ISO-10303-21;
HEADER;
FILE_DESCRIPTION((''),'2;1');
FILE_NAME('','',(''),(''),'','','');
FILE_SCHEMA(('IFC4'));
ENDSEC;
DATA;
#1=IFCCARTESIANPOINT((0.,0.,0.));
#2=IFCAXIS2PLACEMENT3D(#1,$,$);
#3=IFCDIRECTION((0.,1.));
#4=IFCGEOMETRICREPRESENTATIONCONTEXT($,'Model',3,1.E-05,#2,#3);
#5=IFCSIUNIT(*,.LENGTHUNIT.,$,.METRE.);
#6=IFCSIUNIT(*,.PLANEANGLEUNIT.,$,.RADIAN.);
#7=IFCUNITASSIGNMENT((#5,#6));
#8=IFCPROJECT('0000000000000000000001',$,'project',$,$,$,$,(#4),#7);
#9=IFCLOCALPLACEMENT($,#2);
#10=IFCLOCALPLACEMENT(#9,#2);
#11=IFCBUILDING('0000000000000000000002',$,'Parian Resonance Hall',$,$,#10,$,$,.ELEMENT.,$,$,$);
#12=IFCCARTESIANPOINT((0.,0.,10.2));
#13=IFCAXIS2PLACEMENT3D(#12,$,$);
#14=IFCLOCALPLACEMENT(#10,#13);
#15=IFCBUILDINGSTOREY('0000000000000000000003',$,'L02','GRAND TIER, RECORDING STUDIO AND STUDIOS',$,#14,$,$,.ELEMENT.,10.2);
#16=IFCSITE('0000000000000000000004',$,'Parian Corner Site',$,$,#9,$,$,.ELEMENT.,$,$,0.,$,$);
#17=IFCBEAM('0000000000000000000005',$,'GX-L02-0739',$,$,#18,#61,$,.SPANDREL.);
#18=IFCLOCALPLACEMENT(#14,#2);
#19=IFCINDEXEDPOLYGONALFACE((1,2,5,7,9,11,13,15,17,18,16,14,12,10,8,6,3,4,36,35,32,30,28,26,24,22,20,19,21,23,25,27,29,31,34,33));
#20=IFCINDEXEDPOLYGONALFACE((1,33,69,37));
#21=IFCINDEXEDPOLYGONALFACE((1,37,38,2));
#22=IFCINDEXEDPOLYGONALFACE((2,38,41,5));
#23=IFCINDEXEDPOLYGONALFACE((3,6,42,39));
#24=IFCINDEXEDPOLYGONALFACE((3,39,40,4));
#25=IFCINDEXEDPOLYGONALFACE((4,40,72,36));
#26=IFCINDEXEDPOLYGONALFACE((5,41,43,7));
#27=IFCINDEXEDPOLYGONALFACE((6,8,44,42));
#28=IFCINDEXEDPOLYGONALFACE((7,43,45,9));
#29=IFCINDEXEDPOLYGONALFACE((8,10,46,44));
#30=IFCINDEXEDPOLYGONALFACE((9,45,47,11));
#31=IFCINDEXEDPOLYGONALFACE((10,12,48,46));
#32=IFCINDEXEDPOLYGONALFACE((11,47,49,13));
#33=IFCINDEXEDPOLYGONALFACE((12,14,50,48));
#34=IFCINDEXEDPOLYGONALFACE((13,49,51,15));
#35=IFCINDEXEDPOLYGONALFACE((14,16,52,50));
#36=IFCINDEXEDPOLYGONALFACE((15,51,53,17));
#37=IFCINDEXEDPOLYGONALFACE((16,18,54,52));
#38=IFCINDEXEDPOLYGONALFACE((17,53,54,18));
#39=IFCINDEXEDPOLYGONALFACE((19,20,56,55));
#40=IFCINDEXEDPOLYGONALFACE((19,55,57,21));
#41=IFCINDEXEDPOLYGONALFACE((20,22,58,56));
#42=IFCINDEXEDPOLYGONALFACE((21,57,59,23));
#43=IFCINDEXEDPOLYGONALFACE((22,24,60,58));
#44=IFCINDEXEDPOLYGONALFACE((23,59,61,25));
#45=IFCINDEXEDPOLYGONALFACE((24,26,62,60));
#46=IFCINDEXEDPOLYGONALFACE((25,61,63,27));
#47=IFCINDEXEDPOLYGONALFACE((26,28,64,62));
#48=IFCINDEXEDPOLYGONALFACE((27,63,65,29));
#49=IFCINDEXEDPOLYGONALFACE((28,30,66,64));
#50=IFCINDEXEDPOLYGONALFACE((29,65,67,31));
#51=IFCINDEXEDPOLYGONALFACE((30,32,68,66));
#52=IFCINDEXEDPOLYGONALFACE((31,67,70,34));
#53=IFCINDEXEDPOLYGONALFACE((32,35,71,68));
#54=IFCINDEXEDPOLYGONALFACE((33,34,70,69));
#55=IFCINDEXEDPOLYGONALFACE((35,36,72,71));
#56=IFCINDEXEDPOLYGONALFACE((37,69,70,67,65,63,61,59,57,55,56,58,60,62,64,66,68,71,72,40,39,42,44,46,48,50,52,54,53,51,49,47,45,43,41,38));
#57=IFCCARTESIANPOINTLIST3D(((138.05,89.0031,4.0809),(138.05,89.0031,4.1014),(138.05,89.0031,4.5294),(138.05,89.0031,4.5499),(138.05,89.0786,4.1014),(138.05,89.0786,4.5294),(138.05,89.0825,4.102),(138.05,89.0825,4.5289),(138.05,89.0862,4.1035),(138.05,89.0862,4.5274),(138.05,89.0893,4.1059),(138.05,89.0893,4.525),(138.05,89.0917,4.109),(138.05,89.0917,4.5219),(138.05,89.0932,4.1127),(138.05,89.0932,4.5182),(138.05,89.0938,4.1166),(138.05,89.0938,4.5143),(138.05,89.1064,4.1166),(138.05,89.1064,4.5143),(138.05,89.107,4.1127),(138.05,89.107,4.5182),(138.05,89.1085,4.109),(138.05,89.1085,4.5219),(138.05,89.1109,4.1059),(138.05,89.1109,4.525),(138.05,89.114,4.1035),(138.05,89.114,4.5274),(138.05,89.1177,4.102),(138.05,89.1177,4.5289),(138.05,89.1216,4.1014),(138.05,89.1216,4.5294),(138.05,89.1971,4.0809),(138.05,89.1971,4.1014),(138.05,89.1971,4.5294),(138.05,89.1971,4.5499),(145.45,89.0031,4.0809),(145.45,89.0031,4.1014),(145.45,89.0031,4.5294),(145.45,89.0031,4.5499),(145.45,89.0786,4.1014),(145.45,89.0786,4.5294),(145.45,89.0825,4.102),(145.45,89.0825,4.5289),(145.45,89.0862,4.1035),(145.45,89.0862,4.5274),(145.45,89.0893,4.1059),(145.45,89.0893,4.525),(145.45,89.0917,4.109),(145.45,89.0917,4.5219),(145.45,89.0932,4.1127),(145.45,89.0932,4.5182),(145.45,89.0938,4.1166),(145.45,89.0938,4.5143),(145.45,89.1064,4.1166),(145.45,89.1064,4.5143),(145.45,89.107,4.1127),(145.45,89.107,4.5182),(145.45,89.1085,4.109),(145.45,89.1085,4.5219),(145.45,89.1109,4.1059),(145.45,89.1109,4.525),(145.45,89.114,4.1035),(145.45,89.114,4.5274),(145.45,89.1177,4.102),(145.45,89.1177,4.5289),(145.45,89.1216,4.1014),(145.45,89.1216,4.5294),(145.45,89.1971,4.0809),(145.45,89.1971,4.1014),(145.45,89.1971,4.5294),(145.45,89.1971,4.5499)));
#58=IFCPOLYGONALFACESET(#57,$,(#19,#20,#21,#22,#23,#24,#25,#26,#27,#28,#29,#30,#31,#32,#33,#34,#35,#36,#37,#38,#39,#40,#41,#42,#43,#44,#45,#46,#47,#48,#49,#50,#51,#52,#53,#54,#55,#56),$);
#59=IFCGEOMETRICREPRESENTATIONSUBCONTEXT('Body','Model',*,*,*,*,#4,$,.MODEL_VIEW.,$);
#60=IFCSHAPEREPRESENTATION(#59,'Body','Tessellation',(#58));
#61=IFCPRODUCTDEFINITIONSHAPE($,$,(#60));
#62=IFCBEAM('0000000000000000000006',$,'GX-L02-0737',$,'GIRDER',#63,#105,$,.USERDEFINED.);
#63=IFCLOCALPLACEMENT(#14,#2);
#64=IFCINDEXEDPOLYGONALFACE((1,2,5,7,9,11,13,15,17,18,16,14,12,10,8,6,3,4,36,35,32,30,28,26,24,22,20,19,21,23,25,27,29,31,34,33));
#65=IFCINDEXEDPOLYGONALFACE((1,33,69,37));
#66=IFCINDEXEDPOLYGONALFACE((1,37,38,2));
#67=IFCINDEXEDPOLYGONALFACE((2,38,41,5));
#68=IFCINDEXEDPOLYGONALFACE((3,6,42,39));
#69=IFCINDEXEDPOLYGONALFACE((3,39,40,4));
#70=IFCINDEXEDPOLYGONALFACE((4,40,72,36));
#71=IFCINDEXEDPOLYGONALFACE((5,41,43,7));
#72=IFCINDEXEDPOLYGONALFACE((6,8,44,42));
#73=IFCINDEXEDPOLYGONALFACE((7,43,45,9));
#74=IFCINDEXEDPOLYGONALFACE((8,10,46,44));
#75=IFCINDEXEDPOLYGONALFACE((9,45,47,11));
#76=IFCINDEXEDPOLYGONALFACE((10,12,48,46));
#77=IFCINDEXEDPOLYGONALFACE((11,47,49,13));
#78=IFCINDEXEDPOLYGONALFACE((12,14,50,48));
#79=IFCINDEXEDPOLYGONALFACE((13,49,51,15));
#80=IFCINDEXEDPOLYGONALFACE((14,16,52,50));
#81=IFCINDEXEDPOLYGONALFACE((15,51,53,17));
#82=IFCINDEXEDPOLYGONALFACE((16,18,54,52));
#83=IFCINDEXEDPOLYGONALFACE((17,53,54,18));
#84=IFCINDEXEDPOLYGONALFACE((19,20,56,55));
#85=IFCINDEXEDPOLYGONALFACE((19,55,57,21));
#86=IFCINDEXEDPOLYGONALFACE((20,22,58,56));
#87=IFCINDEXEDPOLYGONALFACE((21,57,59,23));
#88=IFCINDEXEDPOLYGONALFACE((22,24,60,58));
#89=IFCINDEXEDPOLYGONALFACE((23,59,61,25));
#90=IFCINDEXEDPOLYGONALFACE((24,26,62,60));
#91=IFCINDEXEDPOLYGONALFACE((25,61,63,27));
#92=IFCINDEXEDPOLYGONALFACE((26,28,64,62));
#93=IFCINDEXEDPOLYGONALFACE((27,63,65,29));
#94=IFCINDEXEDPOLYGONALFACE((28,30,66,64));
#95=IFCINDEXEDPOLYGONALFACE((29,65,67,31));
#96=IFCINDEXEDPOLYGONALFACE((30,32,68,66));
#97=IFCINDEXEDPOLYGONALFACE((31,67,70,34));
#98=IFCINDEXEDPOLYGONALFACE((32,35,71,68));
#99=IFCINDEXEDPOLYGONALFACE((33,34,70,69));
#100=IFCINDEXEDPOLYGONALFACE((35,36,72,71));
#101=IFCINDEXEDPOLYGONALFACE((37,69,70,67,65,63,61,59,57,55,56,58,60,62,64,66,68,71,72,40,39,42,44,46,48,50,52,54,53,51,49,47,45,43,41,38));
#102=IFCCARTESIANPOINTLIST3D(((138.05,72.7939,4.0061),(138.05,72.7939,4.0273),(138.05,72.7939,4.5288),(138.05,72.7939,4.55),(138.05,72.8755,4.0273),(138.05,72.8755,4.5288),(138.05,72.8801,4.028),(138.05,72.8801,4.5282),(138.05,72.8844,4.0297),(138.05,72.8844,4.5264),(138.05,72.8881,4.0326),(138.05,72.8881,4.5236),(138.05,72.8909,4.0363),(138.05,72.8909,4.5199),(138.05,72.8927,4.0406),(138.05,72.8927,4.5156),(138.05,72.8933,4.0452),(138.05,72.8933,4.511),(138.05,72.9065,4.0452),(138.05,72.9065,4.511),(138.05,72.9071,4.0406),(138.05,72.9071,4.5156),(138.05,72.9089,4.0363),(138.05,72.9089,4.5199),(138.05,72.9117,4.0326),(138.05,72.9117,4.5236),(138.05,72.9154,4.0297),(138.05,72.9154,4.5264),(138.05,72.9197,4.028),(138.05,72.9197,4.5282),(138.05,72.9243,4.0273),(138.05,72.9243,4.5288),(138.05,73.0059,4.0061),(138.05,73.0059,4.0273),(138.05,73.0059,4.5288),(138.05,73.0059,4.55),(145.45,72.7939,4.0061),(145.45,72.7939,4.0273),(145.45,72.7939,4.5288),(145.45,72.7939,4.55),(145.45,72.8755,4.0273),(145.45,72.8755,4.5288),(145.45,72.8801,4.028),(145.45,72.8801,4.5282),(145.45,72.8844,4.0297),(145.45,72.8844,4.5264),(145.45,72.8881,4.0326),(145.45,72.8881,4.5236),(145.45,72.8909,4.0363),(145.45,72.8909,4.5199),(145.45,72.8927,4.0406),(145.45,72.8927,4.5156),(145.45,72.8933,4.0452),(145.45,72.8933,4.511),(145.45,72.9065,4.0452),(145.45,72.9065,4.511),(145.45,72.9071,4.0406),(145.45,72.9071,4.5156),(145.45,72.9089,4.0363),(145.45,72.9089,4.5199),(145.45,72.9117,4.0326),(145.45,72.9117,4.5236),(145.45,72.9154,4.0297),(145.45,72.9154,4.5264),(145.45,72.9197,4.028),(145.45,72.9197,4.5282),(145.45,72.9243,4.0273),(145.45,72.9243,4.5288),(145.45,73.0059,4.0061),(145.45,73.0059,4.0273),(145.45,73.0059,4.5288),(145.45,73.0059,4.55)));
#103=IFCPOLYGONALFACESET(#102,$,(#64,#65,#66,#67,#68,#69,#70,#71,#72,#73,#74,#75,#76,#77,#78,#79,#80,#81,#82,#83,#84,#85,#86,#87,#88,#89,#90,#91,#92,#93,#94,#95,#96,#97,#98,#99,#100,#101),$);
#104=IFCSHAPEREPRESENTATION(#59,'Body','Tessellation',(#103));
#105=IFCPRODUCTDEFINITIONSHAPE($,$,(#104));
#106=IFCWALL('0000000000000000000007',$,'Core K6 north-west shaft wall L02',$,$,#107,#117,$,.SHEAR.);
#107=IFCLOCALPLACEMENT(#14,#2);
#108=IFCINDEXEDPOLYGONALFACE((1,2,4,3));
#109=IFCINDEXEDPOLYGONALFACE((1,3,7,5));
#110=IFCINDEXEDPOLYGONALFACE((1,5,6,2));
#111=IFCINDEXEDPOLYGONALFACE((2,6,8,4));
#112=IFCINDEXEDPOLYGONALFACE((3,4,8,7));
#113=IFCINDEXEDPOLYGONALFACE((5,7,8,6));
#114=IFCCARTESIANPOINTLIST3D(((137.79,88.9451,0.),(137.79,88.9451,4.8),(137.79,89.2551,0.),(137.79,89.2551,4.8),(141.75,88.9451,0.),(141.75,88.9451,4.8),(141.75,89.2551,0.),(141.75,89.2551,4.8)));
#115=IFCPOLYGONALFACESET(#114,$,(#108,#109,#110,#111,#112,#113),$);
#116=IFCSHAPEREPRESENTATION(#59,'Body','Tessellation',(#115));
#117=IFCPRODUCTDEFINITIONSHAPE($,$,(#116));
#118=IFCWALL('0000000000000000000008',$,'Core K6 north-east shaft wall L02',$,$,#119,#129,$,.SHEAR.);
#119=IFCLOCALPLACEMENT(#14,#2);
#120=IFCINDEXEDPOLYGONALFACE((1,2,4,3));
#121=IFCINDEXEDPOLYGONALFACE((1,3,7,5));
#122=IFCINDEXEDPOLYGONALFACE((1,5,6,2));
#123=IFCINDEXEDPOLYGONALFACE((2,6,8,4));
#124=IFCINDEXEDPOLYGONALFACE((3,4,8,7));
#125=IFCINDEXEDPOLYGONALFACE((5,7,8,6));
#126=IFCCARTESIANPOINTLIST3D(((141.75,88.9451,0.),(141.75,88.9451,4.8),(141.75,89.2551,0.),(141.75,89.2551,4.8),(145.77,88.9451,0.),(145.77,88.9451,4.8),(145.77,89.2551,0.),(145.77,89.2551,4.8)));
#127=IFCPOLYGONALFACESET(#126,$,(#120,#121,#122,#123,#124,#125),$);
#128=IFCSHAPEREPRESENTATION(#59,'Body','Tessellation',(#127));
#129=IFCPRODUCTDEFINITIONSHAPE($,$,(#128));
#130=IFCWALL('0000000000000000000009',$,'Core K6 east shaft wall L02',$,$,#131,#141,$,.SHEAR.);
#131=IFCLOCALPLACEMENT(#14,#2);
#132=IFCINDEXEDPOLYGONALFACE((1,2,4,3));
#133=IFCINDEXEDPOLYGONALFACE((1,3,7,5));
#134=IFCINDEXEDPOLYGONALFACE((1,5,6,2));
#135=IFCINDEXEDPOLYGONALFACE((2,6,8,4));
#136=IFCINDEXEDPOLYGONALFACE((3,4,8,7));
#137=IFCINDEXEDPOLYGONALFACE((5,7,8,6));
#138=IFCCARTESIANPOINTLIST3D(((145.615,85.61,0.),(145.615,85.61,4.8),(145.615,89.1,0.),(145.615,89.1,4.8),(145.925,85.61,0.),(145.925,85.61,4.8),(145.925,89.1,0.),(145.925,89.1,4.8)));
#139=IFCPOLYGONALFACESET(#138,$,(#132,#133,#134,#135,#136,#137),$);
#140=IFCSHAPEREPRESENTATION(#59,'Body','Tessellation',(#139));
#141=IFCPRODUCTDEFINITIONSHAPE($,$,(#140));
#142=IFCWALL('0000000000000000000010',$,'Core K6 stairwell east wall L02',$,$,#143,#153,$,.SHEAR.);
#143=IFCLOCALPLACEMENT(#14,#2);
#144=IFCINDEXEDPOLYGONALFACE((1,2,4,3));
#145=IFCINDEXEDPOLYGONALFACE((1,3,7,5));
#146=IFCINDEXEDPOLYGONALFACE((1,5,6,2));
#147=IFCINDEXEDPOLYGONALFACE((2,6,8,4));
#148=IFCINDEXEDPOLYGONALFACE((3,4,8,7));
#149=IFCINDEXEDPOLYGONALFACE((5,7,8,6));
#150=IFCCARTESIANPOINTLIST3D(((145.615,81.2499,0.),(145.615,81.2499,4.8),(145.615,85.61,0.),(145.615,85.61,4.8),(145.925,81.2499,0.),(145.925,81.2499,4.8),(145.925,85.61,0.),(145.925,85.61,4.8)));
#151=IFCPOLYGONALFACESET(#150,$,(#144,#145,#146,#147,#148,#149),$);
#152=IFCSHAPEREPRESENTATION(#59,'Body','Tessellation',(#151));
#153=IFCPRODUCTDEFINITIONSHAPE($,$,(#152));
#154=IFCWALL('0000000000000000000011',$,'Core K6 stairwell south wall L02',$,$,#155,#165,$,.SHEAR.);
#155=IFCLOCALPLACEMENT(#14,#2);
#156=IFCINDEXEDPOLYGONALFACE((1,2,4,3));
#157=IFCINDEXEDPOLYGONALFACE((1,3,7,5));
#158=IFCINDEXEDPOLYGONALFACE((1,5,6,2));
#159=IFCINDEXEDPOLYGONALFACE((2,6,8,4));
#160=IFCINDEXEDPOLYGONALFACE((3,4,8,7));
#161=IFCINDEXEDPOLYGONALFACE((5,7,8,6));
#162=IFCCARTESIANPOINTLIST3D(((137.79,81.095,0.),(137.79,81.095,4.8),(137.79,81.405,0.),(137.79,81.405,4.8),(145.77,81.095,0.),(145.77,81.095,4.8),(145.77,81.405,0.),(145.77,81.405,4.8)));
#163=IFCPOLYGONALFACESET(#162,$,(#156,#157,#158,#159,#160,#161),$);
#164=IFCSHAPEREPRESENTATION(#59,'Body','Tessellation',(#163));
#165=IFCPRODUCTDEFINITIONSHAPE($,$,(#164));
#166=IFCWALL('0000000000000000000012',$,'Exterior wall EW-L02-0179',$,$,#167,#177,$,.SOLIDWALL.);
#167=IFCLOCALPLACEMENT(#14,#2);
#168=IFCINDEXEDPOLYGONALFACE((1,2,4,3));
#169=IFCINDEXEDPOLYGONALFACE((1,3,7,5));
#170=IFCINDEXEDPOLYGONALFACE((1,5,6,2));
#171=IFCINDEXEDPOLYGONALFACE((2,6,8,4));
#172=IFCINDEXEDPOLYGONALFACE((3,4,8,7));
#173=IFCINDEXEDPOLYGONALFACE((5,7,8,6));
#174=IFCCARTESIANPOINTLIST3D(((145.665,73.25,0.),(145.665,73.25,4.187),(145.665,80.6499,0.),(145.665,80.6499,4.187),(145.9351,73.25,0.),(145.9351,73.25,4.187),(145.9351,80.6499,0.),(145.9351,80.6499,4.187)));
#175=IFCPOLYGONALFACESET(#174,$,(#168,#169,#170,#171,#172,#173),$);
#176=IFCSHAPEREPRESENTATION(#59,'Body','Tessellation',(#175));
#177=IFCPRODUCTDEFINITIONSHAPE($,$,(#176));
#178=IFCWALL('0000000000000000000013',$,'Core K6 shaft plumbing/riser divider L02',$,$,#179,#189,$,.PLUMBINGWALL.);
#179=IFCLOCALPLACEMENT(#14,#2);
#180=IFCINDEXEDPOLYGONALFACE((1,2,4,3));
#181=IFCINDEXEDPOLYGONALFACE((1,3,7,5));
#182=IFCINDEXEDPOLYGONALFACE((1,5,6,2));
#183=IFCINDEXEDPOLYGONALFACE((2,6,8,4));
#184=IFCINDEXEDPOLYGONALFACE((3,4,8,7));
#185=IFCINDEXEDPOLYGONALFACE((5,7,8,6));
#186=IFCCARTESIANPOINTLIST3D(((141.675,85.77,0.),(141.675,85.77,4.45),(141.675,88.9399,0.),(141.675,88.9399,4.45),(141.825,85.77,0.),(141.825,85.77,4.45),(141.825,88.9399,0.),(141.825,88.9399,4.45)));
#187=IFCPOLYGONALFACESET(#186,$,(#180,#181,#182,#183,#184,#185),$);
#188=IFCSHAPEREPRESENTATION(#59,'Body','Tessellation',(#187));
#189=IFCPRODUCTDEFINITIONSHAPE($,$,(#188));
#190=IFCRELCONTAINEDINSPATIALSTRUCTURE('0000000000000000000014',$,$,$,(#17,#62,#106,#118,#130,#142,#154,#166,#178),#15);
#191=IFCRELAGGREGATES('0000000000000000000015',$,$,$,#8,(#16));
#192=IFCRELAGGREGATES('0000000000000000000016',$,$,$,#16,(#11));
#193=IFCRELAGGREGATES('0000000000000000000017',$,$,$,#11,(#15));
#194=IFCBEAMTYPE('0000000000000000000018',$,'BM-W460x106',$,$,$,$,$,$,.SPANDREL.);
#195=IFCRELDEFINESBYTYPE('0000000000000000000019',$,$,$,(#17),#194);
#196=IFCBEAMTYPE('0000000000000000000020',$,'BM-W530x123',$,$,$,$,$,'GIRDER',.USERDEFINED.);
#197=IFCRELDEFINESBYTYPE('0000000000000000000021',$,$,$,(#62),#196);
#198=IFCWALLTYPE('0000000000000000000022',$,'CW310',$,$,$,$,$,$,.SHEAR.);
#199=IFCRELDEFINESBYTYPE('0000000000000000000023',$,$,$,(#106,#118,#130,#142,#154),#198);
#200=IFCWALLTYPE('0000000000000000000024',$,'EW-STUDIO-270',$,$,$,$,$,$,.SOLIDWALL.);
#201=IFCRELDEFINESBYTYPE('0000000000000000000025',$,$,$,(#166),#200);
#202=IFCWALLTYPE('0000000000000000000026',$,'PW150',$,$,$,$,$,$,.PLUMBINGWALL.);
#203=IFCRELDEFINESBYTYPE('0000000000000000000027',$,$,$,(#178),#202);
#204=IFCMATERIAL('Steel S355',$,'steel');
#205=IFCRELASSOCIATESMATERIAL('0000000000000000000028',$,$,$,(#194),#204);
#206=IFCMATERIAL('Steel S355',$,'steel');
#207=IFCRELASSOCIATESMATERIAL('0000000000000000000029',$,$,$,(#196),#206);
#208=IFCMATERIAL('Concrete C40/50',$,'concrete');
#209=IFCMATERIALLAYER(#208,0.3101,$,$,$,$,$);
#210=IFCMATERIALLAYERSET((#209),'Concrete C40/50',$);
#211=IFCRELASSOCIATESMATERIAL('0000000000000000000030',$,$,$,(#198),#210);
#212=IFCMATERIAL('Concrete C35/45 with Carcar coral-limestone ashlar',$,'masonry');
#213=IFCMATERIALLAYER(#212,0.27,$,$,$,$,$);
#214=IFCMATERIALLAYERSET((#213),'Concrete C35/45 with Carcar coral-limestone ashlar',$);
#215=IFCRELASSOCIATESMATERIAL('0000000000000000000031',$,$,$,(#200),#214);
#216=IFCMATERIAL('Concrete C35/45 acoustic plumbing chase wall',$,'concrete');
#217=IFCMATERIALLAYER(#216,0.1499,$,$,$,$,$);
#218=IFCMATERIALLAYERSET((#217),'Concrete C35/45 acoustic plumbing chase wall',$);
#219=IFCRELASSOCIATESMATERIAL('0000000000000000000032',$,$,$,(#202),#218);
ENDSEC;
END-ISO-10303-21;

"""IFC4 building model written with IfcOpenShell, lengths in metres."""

from ifc_helpers import new_model, si_unit, direction, frame, frame_2d, origin, origin_2d, place, context, subcontext, project, spatial, rectangle, i_section, extrude, material, layer, layer_set, material_profile, profile_set, type_object, element, save


model = new_model("IFC4")

# Units and contexts
model_context = context("Model", 3, precision=1e-05, world=origin(), true_north=direction((0.0, 1.0)))
body_context = subcontext(model_context, "Body", "Model", "MODEL_VIEW")
ifc_project = project(units=[si_unit("LENGTHUNIT", "METRE"), si_unit("PLANEANGLEUNIT", "RADIAN")], contexts=[model_context])

# Site, building, storey
site_placement = place(None, origin())
site = spatial("IfcSite", under=ifc_project, at=site_placement, Name="Parian Corner Site", CompositionType="ELEMENT", RefElevation=0.0)
building_placement = place(site_placement, origin())
building = spatial("IfcBuilding", under=site, at=building_placement, Name="Parian Resonance Hall", CompositionType="ELEMENT")
storey_placement = place(building_placement, frame((0.0, 0.0, 10.2)))
storey = spatial("IfcBuildingStorey", under=building, at=storey_placement, Name="L02", Description="GRAND TIER, RECORDING STUDIO AND STUDIOS", CompositionType="ELEMENT", Elevation=10.2)

# Beams
ifc_material_1 = material(Name="Steel S355", Category="steel")
ifc_material_profile_1 = material_profile(ifc_material_1, i_section(OverallWidth=0.1941, OverallDepth=0.469, WebThickness=0.0127, FlangeThickness=0.0205, FilletRadius=0.0151, at=origin_2d()), Name="W460x106")
ifc_profile_set_1 = profile_set([ifc_material_profile_1], Name="Steel S355")
beam_type_1 = type_object("IfcBeamType", Name="BM-W460x106", PredefinedType="SPANDREL", material=ifc_profile_set_1)
beam_1_placement = place(storey_placement, frame((138.05, 89.1001, 4.3154), z_axis=(1.0, 0.0, 0.0), x_axis=(0.0, 1.0, 0.0)))
element("IfcBeam", 1, at=beam_1_placement, inside=storey, type_object=beam_type_1, Name="GX-L02-0739", PredefinedType="SPANDREL", context=body_context, shape_type="SweptSolid", body=[
    extrude(i_section(OverallWidth=0.1941, OverallDepth=0.469, WebThickness=0.0127, FlangeThickness=0.0205, FilletRadius=0.0151, at=origin_2d()), origin(), (0.0, 0.0, 1.0), 7.3999),
])
ifc_material_2 = material(Name="Steel S355", Category="steel")
ifc_material_profile_2 = material_profile(ifc_material_2, i_section(OverallWidth=0.2119, OverallDepth=0.5439, WebThickness=0.0132, FlangeThickness=0.0212, FilletRadius=0.0178, at=origin_2d()), Name="W530x123")
ifc_profile_set_2 = profile_set([ifc_material_profile_2], Name="Steel S355")
beam_type_2 = type_object("IfcBeamType", Name="BM-W530x123", ElementType="GIRDER", PredefinedType="USERDEFINED", material=ifc_profile_set_2)
beam_2_placement = place(storey_placement, frame((138.05, 72.8999, 4.2781), z_axis=(1.0, 0.0, 0.0), x_axis=(0.0, 1.0, 0.0)))
element("IfcBeam", 2, at=beam_2_placement, inside=storey, type_object=beam_type_2, Name="GX-L02-0737", ObjectType="GIRDER", PredefinedType="USERDEFINED", context=body_context, shape_type="SweptSolid", body=[
    extrude(i_section(OverallWidth=0.2119, OverallDepth=0.5439, WebThickness=0.0132, FlangeThickness=0.0212, FilletRadius=0.0178, at=origin_2d()), origin(), (0.0, 0.0, 1.0), 7.3999),
])

# Walls
ifc_material_3 = material(Name="Concrete C40/50", Category="concrete")
ifc_layer_1 = layer(ifc_material_3, 0.3101)
ifc_layer_set_1 = layer_set([ifc_layer_1], Name="Concrete C40/50")
wall_type_1 = type_object("IfcWallType", Name="CW310", PredefinedType="SHEAR", material=ifc_layer_set_1)
wall_1_placement = place(storey_placement, frame((137.79, 89.1001, 0.0), z_axis=(0.0, 0.0, 1.0), x_axis=(1.0, 0.0, 0.0)))
element("IfcWall", 3, at=wall_1_placement, inside=storey, type_object=wall_type_1, Name="Core K6 north-west shaft wall L02", PredefinedType="SHEAR", context=body_context, shape_type="SweptSolid", body=[
    extrude(rectangle(XDim=3.96, YDim=0.3101, at=frame_2d((1.98, 0.0))), origin(), (0.0, 0.0, 1.0), 4.8),
])
wall_2_placement = place(storey_placement, frame((141.75, 89.1001, 0.0), z_axis=(0.0, 0.0, 1.0), x_axis=(1.0, 0.0, 0.0)))
element("IfcWall", 4, at=wall_2_placement, inside=storey, type_object=wall_type_1, Name="Core K6 north-east shaft wall L02", PredefinedType="SHEAR", context=body_context, shape_type="SweptSolid", body=[
    extrude(rectangle(XDim=4.02, YDim=0.3101, at=frame_2d((2.01, 0.0))), origin(), (0.0, 0.0, 1.0), 4.8),
])
wall_3_placement = place(storey_placement, frame((145.77, 89.1001, 0.0), z_axis=(0.0, 0.0, 1.0), x_axis=(0.0, -1.0, 0.0)))
element("IfcWall", 5, at=wall_3_placement, inside=storey, type_object=wall_type_1, Name="Core K6 east shaft wall L02", PredefinedType="SHEAR", context=body_context, shape_type="SweptSolid", body=[
    extrude(rectangle(XDim=3.49, YDim=0.3101, at=frame_2d((1.7451, 0.0))), origin(), (0.0, 0.0, 1.0), 4.8),
])
wall_4_placement = place(storey_placement, frame((145.77, 85.6101, 0.0), z_axis=(0.0, 0.0, 1.0), x_axis=(0.0, -1.0, 0.0)))
element("IfcWall", 6, at=wall_4_placement, inside=storey, type_object=wall_type_1, Name="Core K6 stairwell east wall L02", PredefinedType="SHEAR", context=body_context, shape_type="SweptSolid", body=[
    extrude(rectangle(XDim=4.3601, YDim=0.3101, at=frame_2d((2.1802, 0.0))), origin(), (0.0, 0.0, 1.0), 4.8),
])
wall_5_placement = place(storey_placement, frame((145.77, 81.25, 0.0), z_axis=(0.0, 0.0, 1.0), x_axis=(-1.0, 0.0, 0.0)))
element("IfcWall", 7, at=wall_5_placement, inside=storey, type_object=wall_type_1, Name="Core K6 stairwell south wall L02", PredefinedType="SHEAR", context=body_context, shape_type="SweptSolid", body=[
    extrude(rectangle(XDim=7.98, YDim=0.3101, at=frame_2d((3.99, 0.0))), origin(), (0.0, 0.0, 1.0), 4.8),
])
ifc_material_4 = material(Name="Concrete C35/45 with Carcar coral-limestone ashlar", Category="masonry")
ifc_layer_2 = layer(ifc_material_4, 0.27)
ifc_layer_set_2 = layer_set([ifc_layer_2], Name="Concrete C35/45 with Carcar coral-limestone ashlar")
wall_type_2 = type_object("IfcWallType", Name="EW-STUDIO-270", PredefinedType="SOLIDWALL", material=ifc_layer_set_2)
wall_6_placement = place(storey_placement, frame((145.8, 80.6499, 0.0), z_axis=(0.0, 0.0, 1.0), x_axis=(0.0, -1.0, 0.0)))
element("IfcWall", 8, at=wall_6_placement, inside=storey, type_object=wall_type_2, Name="Exterior wall EW-L02-0179", PredefinedType="SOLIDWALL", context=body_context, shape_type="SweptSolid", body=[
    extrude(rectangle(XDim=7.3999, YDim=0.27, at=frame_2d((3.7, 0.0))), origin(), (0.0, 0.0, 1.0), 4.187),
])
ifc_material_5 = material(Name="Concrete C35/45 acoustic plumbing chase wall", Category="concrete")
ifc_layer_3 = layer(ifc_material_5, 0.1499)
ifc_layer_set_3 = layer_set([ifc_layer_3], Name="Concrete C35/45 acoustic plumbing chase wall")
wall_type_3 = type_object("IfcWallType", Name="PW150", PredefinedType="PLUMBINGWALL", material=ifc_layer_set_3)
wall_7_placement = place(storey_placement, frame((141.75, 85.77, 0.0), z_axis=(0.0, 0.0, 1.0), x_axis=(0.0, 1.0, 0.0)))
element("IfcWall", 9, at=wall_7_placement, inside=storey, type_object=wall_type_3, Name="Core K6 shaft plumbing/riser divider L02", PredefinedType="PLUMBINGWALL", context=body_context, shape_type="SweptSolid", body=[
    extrude(rectangle(XDim=3.1699, YDim=0.1499, at=frame_2d((1.585, 0.0))), origin(), (0.0, 0.0, 1.0), 4.45),
])

save(model, "model.ifc")
